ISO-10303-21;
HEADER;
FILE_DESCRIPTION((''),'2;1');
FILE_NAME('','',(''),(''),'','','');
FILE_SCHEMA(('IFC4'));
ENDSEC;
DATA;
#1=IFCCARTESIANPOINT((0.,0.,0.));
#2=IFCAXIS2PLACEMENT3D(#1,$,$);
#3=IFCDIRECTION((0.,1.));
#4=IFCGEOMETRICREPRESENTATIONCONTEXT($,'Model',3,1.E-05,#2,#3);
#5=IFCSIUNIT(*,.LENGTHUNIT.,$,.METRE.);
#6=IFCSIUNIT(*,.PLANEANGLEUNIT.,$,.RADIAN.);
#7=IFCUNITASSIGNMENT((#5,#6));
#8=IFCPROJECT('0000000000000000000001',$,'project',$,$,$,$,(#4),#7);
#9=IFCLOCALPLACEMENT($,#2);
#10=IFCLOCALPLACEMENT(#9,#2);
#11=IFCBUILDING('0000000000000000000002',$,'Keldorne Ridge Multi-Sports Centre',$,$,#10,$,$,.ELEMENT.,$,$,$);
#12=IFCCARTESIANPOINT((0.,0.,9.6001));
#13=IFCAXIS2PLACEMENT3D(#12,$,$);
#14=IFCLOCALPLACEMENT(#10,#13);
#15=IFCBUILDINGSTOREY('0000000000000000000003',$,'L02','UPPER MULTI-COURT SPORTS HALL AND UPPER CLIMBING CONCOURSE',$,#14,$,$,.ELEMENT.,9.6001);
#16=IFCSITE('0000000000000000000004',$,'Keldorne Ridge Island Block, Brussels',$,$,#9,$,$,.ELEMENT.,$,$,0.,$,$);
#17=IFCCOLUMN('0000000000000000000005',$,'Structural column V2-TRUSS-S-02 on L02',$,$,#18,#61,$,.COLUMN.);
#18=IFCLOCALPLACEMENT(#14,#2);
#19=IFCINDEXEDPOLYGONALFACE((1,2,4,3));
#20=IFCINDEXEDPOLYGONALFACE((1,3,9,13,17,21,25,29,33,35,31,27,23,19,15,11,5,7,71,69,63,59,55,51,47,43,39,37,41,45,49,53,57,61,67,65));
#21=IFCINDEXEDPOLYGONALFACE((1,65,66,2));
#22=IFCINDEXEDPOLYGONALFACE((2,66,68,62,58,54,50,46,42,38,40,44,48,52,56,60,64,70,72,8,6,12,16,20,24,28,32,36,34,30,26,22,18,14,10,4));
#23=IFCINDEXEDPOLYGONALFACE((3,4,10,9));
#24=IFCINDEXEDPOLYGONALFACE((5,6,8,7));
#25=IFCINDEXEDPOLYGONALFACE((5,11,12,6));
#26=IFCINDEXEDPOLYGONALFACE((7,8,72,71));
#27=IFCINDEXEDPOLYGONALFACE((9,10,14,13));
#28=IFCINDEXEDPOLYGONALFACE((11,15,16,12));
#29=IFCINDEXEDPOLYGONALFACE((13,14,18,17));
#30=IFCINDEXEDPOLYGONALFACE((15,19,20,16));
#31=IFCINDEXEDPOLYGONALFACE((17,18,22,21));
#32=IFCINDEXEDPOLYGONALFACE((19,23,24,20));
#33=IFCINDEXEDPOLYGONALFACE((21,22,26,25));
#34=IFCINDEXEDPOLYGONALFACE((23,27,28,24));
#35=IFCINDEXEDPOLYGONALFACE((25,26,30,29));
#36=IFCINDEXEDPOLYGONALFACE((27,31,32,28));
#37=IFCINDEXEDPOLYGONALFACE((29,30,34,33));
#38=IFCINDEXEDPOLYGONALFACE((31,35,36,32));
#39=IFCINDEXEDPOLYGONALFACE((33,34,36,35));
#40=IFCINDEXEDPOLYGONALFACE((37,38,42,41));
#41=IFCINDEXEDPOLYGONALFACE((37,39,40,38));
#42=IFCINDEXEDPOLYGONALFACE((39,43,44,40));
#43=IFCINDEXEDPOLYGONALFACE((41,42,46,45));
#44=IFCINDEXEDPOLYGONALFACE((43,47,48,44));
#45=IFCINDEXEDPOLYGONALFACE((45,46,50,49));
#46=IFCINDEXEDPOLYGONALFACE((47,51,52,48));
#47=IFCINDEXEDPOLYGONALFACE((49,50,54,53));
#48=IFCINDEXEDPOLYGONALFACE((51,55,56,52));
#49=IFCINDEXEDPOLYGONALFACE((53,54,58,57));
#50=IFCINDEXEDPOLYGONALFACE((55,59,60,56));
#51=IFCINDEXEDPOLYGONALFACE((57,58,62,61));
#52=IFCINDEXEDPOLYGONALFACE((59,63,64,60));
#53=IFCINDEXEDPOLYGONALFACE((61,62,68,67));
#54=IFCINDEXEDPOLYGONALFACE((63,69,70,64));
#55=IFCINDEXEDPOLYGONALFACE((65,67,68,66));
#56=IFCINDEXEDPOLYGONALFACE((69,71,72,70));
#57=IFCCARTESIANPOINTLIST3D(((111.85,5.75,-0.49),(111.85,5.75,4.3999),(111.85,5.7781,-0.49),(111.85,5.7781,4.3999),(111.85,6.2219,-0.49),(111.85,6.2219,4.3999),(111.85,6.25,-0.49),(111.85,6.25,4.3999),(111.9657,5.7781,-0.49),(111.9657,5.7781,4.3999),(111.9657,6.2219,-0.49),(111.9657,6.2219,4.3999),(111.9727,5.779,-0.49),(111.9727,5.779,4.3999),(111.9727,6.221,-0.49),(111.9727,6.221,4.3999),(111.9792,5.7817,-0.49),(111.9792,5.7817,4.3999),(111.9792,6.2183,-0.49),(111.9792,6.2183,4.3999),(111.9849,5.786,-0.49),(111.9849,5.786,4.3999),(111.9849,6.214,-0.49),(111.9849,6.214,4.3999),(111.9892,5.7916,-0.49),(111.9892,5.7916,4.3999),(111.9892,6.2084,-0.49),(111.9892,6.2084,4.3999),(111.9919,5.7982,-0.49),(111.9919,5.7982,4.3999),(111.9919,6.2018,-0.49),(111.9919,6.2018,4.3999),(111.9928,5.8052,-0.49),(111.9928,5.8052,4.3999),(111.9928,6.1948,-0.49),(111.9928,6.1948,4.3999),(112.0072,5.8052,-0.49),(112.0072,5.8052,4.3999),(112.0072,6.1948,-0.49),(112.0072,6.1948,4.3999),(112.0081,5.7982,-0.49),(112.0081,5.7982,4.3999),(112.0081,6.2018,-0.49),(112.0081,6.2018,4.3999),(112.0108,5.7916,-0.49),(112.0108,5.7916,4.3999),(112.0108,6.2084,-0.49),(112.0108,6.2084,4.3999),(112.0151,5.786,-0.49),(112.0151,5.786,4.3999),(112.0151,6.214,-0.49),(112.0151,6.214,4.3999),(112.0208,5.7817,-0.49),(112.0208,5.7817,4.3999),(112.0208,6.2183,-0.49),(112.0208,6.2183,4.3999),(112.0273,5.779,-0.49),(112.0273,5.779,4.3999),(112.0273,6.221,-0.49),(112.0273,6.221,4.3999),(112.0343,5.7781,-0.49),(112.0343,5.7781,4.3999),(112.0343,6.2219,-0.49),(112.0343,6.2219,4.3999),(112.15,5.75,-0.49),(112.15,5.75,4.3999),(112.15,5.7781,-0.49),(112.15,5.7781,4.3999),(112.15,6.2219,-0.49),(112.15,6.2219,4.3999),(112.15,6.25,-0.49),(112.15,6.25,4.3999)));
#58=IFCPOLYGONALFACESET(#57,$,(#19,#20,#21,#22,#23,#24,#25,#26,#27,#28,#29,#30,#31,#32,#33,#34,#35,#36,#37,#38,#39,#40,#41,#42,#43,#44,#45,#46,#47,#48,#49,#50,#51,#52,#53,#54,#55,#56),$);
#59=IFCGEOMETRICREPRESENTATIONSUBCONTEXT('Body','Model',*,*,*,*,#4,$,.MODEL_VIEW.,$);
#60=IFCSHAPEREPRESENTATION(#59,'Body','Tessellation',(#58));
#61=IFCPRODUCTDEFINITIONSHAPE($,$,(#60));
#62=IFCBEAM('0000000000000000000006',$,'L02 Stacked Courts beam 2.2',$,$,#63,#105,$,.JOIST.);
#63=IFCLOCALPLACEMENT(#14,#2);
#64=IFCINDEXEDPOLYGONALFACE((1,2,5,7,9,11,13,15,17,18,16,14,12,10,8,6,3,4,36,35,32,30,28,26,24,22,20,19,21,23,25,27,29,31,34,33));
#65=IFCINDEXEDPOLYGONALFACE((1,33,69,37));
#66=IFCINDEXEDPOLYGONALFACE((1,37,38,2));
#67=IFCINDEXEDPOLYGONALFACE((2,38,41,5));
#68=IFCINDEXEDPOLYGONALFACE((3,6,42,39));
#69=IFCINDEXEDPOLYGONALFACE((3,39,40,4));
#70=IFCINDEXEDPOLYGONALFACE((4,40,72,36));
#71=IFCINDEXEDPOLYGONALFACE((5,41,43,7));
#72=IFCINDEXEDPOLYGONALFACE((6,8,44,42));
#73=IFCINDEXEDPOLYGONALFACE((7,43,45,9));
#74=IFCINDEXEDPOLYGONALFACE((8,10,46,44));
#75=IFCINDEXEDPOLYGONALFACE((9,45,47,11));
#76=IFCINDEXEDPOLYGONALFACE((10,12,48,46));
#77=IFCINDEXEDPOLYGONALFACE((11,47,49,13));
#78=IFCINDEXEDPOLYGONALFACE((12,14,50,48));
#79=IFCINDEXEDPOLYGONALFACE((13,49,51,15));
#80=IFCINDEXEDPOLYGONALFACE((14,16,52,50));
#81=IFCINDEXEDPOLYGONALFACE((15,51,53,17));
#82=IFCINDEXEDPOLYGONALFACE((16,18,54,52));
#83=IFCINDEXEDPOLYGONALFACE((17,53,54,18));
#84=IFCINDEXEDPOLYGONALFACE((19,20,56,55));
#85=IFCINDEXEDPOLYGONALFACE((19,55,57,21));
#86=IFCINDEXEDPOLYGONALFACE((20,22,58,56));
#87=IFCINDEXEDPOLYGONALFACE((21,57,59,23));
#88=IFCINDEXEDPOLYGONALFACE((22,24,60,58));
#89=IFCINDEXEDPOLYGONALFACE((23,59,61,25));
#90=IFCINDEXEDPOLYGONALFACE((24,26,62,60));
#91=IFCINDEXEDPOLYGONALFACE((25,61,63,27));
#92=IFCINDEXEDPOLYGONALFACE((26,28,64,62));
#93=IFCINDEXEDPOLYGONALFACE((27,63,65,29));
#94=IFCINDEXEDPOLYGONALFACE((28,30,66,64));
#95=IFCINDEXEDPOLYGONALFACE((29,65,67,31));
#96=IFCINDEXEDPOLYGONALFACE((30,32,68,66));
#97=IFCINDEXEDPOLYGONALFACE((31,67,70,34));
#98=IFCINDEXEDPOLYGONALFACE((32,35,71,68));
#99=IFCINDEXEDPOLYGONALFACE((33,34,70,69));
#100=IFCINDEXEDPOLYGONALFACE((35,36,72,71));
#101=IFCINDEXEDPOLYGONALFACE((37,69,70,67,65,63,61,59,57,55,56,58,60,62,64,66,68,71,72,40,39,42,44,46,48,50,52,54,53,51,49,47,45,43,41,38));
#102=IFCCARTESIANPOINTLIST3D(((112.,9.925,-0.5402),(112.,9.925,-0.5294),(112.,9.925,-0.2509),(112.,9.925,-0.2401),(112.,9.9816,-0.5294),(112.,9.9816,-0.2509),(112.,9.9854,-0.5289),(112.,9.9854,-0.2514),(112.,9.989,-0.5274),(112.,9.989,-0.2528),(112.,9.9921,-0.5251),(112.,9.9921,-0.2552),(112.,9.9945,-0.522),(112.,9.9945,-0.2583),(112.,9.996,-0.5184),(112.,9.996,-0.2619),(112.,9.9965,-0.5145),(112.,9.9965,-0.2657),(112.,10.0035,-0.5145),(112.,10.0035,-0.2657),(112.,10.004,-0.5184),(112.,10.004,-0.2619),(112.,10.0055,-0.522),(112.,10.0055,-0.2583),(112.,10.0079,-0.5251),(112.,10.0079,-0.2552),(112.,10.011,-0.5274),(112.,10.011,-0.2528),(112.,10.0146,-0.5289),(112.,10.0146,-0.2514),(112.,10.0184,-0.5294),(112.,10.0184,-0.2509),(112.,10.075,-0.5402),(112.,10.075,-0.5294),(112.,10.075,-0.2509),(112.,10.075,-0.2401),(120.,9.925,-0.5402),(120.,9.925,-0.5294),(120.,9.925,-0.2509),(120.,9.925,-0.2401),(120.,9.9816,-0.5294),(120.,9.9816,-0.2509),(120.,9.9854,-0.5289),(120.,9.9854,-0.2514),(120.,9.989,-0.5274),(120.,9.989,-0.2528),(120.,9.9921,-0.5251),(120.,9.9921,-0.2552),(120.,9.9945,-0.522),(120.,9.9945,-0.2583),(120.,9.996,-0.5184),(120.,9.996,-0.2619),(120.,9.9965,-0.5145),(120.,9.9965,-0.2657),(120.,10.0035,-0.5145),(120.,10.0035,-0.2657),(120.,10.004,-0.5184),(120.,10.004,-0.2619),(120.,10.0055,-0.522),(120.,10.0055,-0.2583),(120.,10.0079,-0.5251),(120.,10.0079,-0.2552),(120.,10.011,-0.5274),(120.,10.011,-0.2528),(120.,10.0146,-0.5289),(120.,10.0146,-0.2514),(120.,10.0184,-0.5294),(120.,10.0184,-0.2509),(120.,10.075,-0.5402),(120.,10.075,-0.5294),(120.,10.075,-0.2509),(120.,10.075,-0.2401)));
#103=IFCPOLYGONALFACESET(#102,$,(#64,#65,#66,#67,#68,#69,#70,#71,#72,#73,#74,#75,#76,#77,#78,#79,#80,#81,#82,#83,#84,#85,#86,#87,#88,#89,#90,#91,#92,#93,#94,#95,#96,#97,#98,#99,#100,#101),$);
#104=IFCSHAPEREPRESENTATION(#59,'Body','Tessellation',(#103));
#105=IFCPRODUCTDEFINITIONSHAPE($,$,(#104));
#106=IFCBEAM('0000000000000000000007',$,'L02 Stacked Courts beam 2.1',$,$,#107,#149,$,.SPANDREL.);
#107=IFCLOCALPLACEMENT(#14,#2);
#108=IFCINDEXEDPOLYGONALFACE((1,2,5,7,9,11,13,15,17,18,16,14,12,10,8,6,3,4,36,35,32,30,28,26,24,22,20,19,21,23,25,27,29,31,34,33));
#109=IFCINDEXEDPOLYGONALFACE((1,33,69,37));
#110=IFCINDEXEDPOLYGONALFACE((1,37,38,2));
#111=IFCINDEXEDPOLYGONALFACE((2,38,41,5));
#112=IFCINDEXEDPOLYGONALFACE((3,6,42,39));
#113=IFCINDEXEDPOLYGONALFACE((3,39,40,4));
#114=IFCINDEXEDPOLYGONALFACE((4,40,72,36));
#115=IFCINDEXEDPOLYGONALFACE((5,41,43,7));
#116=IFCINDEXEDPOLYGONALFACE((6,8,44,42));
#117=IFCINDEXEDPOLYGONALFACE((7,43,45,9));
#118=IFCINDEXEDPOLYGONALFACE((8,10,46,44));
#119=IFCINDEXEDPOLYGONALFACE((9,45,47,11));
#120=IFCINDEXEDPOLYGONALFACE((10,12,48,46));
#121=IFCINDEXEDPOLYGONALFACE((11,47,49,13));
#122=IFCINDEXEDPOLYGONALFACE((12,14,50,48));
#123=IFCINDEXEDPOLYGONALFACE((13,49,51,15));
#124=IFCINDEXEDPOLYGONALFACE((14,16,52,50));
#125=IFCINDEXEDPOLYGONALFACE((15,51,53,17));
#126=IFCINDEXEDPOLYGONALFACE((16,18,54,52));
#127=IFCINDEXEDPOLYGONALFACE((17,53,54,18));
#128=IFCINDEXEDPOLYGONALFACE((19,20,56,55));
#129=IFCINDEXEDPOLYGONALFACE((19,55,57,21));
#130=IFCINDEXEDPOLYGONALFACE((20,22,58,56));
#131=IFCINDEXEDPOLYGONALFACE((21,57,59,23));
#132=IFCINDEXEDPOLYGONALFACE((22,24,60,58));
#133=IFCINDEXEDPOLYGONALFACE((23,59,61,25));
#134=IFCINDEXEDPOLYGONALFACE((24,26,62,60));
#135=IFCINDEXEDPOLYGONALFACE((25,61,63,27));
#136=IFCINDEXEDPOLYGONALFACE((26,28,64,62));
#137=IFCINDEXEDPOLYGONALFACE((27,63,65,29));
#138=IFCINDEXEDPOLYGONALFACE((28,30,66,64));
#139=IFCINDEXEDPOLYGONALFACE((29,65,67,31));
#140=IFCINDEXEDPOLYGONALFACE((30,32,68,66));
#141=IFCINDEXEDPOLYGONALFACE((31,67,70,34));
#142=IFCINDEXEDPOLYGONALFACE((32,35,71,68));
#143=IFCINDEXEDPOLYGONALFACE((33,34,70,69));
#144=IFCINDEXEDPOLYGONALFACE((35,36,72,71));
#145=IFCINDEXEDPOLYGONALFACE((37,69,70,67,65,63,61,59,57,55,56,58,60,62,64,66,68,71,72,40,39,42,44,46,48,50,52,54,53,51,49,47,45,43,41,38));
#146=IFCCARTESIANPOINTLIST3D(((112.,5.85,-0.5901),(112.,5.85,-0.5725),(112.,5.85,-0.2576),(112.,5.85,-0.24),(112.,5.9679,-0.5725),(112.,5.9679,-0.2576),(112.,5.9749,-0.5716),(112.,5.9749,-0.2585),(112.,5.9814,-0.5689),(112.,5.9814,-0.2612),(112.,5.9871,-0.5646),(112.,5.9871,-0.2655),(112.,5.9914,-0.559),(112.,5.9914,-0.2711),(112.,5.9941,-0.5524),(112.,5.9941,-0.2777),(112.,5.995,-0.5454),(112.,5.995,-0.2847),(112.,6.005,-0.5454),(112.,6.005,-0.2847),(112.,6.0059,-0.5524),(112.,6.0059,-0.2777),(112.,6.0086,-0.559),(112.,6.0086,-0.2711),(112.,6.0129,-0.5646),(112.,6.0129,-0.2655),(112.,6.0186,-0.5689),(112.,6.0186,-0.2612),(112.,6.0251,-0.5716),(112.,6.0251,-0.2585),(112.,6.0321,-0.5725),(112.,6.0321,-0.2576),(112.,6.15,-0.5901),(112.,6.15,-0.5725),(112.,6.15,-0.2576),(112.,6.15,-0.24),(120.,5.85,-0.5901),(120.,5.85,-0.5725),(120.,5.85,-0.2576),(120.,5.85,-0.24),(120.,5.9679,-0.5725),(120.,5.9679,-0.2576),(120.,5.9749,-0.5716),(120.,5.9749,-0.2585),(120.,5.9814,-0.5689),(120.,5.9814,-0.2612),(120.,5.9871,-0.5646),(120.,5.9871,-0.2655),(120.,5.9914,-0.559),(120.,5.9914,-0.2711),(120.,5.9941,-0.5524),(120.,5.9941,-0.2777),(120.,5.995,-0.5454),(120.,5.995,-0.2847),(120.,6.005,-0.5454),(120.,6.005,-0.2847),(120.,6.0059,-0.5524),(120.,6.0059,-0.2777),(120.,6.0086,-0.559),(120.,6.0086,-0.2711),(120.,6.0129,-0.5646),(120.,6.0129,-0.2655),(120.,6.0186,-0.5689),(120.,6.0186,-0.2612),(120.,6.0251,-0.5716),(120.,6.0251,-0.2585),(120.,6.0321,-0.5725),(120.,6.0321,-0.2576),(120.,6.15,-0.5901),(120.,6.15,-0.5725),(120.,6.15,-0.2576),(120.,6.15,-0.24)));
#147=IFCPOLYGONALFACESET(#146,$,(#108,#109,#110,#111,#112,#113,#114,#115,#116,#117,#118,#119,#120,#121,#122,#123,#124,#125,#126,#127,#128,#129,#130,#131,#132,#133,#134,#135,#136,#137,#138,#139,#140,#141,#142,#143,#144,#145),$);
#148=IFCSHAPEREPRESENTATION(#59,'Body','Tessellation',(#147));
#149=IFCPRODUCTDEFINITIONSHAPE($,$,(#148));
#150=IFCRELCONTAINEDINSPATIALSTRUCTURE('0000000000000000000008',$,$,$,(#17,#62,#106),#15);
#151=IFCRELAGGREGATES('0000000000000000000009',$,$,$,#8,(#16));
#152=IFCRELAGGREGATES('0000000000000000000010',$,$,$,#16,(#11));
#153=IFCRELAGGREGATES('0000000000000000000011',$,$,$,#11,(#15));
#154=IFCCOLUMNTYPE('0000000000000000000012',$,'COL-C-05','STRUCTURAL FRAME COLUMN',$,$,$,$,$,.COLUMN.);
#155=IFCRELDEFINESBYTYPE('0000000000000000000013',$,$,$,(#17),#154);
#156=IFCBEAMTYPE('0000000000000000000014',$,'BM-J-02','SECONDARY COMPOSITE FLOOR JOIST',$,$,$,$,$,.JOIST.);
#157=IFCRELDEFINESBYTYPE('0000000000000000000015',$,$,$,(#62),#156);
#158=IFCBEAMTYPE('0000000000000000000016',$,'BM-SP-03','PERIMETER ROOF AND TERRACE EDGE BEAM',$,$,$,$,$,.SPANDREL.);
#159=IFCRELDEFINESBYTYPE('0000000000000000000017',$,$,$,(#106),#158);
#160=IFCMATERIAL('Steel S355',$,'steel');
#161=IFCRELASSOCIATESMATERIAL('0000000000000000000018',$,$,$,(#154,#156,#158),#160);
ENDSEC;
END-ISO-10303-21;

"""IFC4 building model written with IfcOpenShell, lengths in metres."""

from ifc_helpers import new_model, si_unit, direction, frame, origin, origin_2d, place, context, subcontext, project, spatial, i_section, extrude, material, material_profile, profile_set, type_object, element, save


model = new_model("IFC4")

# Units and contexts
model_context = context("Model", 3, precision=1e-05, world=origin(), true_north=direction((0.0, 1.0)))
body_context = subcontext(model_context, "Body", "Model", "MODEL_VIEW")
ifc_project = project(units=[si_unit("LENGTHUNIT", "METRE"), si_unit("PLANEANGLEUNIT", "RADIAN")], contexts=[model_context])

# Site, building, storey
site_placement = place(None, origin())
site = spatial("IfcSite", under=ifc_project, at=site_placement, Name="Keldorne Ridge Island Block, Brussels", CompositionType="ELEMENT", RefElevation=0.0)
building_placement = place(site_placement, origin())
building = spatial("IfcBuilding", under=site, at=building_placement, Name="Keldorne Ridge Multi-Sports Centre", CompositionType="ELEMENT")
storey_placement = place(building_placement, frame((0.0, 0.0, 9.6001)))
storey = spatial("IfcBuildingStorey", under=building, at=storey_placement, Name="L02", Description="UPPER MULTI-COURT SPORTS HALL AND UPPER CLIMBING CONCOURSE", CompositionType="ELEMENT", Elevation=9.6001)

# Column
ifc_material_1 = material(Name="Steel S355", Category="steel")
ifc_material_profile_1 = material_profile(ifc_material_1, i_section(OverallWidth=0.3, OverallDepth=0.5, WebThickness=0.0144, FlangeThickness=0.0281, FilletRadius=0.0271, at=origin_2d()), Name="HEB 500")
ifc_profile_set_1 = profile_set([ifc_material_profile_1], Name="Steel S355")
column_type = type_object("IfcColumnType", Name="COL-C-05", Description="STRUCTURAL FRAME COLUMN", PredefinedType="COLUMN", material=ifc_profile_set_1)
column_placement = place(storey_placement, frame((112.0, 6.0, -0.49), z_axis=(0.0, 0.0, 1.0), x_axis=(1.0, 0.0, 0.0)))
element("IfcColumn", 1, at=column_placement, inside=storey, type_object=column_type, Name="Structural column V2-TRUSS-S-02 on L02", PredefinedType="COLUMN", context=body_context, shape_type="SweptSolid", body=[
    extrude(i_section(OverallWidth=0.3, OverallDepth=0.5, WebThickness=0.0144, FlangeThickness=0.0281, FilletRadius=0.0271, at=origin_2d()), origin(), (0.0, 0.0, 1.0), 4.8899),
])

# Beams
ifc_material_profile_2 = material_profile(ifc_material_1, i_section(OverallWidth=0.1499, OverallDepth=0.3, WebThickness=0.0071, FlangeThickness=0.0107, FilletRadius=0.0149, at=origin_2d()), Name="IPE 300")
ifc_profile_set_2 = profile_set([ifc_material_profile_2], Name="Steel S355")
beam_type_1 = type_object("IfcBeamType", Name="BM-J-02", Description="SECONDARY COMPOSITE FLOOR JOIST", PredefinedType="JOIST", material=ifc_profile_set_2)
beam_1_placement = place(storey_placement, frame((112.0, 10.0, -0.3901), z_axis=(1.0, 0.0, 0.0), x_axis=(0.0, 1.0, 0.0)))
element("IfcBeam", 2, at=beam_1_placement, inside=storey, type_object=beam_type_1, Name="L02 Stacked Courts beam 2.2", PredefinedType="JOIST", context=body_context, shape_type="SweptSolid", body=[
    extrude(i_section(OverallWidth=0.1499, OverallDepth=0.3, WebThickness=0.0071, FlangeThickness=0.0107, FilletRadius=0.0149, at=origin_2d()), origin(), (0.0, 0.0, 1.0), 8.0),
])
ifc_material_profile_3 = material_profile(ifc_material_1, i_section(OverallWidth=0.3, OverallDepth=0.3501, WebThickness=0.01, FlangeThickness=0.0176, FilletRadius=0.0271, at=origin_2d()), Name="HEA 360")
ifc_profile_set_3 = profile_set([ifc_material_profile_3], Name="Steel S355")
beam_type_2 = type_object("IfcBeamType", Name="BM-SP-03", Description="PERIMETER ROOF AND TERRACE EDGE BEAM", PredefinedType="SPANDREL", material=ifc_profile_set_3)
beam_2_placement = place(storey_placement, frame((112.0, 6.0, -0.415), z_axis=(1.0, 0.0, 0.0), x_axis=(0.0, 1.0, 0.0)))
element("IfcBeam", 3, at=beam_2_placement, inside=storey, type_object=beam_type_2, Name="L02 Stacked Courts beam 2.1", PredefinedType="SPANDREL", context=body_context, shape_type="SweptSolid", body=[
    extrude(i_section(OverallWidth=0.3, OverallDepth=0.3501, WebThickness=0.01, FlangeThickness=0.0176, FilletRadius=0.0271, at=origin_2d()), origin(), (0.0, 0.0, 1.0), 8.0),
])

save(model, "model.ifc")
